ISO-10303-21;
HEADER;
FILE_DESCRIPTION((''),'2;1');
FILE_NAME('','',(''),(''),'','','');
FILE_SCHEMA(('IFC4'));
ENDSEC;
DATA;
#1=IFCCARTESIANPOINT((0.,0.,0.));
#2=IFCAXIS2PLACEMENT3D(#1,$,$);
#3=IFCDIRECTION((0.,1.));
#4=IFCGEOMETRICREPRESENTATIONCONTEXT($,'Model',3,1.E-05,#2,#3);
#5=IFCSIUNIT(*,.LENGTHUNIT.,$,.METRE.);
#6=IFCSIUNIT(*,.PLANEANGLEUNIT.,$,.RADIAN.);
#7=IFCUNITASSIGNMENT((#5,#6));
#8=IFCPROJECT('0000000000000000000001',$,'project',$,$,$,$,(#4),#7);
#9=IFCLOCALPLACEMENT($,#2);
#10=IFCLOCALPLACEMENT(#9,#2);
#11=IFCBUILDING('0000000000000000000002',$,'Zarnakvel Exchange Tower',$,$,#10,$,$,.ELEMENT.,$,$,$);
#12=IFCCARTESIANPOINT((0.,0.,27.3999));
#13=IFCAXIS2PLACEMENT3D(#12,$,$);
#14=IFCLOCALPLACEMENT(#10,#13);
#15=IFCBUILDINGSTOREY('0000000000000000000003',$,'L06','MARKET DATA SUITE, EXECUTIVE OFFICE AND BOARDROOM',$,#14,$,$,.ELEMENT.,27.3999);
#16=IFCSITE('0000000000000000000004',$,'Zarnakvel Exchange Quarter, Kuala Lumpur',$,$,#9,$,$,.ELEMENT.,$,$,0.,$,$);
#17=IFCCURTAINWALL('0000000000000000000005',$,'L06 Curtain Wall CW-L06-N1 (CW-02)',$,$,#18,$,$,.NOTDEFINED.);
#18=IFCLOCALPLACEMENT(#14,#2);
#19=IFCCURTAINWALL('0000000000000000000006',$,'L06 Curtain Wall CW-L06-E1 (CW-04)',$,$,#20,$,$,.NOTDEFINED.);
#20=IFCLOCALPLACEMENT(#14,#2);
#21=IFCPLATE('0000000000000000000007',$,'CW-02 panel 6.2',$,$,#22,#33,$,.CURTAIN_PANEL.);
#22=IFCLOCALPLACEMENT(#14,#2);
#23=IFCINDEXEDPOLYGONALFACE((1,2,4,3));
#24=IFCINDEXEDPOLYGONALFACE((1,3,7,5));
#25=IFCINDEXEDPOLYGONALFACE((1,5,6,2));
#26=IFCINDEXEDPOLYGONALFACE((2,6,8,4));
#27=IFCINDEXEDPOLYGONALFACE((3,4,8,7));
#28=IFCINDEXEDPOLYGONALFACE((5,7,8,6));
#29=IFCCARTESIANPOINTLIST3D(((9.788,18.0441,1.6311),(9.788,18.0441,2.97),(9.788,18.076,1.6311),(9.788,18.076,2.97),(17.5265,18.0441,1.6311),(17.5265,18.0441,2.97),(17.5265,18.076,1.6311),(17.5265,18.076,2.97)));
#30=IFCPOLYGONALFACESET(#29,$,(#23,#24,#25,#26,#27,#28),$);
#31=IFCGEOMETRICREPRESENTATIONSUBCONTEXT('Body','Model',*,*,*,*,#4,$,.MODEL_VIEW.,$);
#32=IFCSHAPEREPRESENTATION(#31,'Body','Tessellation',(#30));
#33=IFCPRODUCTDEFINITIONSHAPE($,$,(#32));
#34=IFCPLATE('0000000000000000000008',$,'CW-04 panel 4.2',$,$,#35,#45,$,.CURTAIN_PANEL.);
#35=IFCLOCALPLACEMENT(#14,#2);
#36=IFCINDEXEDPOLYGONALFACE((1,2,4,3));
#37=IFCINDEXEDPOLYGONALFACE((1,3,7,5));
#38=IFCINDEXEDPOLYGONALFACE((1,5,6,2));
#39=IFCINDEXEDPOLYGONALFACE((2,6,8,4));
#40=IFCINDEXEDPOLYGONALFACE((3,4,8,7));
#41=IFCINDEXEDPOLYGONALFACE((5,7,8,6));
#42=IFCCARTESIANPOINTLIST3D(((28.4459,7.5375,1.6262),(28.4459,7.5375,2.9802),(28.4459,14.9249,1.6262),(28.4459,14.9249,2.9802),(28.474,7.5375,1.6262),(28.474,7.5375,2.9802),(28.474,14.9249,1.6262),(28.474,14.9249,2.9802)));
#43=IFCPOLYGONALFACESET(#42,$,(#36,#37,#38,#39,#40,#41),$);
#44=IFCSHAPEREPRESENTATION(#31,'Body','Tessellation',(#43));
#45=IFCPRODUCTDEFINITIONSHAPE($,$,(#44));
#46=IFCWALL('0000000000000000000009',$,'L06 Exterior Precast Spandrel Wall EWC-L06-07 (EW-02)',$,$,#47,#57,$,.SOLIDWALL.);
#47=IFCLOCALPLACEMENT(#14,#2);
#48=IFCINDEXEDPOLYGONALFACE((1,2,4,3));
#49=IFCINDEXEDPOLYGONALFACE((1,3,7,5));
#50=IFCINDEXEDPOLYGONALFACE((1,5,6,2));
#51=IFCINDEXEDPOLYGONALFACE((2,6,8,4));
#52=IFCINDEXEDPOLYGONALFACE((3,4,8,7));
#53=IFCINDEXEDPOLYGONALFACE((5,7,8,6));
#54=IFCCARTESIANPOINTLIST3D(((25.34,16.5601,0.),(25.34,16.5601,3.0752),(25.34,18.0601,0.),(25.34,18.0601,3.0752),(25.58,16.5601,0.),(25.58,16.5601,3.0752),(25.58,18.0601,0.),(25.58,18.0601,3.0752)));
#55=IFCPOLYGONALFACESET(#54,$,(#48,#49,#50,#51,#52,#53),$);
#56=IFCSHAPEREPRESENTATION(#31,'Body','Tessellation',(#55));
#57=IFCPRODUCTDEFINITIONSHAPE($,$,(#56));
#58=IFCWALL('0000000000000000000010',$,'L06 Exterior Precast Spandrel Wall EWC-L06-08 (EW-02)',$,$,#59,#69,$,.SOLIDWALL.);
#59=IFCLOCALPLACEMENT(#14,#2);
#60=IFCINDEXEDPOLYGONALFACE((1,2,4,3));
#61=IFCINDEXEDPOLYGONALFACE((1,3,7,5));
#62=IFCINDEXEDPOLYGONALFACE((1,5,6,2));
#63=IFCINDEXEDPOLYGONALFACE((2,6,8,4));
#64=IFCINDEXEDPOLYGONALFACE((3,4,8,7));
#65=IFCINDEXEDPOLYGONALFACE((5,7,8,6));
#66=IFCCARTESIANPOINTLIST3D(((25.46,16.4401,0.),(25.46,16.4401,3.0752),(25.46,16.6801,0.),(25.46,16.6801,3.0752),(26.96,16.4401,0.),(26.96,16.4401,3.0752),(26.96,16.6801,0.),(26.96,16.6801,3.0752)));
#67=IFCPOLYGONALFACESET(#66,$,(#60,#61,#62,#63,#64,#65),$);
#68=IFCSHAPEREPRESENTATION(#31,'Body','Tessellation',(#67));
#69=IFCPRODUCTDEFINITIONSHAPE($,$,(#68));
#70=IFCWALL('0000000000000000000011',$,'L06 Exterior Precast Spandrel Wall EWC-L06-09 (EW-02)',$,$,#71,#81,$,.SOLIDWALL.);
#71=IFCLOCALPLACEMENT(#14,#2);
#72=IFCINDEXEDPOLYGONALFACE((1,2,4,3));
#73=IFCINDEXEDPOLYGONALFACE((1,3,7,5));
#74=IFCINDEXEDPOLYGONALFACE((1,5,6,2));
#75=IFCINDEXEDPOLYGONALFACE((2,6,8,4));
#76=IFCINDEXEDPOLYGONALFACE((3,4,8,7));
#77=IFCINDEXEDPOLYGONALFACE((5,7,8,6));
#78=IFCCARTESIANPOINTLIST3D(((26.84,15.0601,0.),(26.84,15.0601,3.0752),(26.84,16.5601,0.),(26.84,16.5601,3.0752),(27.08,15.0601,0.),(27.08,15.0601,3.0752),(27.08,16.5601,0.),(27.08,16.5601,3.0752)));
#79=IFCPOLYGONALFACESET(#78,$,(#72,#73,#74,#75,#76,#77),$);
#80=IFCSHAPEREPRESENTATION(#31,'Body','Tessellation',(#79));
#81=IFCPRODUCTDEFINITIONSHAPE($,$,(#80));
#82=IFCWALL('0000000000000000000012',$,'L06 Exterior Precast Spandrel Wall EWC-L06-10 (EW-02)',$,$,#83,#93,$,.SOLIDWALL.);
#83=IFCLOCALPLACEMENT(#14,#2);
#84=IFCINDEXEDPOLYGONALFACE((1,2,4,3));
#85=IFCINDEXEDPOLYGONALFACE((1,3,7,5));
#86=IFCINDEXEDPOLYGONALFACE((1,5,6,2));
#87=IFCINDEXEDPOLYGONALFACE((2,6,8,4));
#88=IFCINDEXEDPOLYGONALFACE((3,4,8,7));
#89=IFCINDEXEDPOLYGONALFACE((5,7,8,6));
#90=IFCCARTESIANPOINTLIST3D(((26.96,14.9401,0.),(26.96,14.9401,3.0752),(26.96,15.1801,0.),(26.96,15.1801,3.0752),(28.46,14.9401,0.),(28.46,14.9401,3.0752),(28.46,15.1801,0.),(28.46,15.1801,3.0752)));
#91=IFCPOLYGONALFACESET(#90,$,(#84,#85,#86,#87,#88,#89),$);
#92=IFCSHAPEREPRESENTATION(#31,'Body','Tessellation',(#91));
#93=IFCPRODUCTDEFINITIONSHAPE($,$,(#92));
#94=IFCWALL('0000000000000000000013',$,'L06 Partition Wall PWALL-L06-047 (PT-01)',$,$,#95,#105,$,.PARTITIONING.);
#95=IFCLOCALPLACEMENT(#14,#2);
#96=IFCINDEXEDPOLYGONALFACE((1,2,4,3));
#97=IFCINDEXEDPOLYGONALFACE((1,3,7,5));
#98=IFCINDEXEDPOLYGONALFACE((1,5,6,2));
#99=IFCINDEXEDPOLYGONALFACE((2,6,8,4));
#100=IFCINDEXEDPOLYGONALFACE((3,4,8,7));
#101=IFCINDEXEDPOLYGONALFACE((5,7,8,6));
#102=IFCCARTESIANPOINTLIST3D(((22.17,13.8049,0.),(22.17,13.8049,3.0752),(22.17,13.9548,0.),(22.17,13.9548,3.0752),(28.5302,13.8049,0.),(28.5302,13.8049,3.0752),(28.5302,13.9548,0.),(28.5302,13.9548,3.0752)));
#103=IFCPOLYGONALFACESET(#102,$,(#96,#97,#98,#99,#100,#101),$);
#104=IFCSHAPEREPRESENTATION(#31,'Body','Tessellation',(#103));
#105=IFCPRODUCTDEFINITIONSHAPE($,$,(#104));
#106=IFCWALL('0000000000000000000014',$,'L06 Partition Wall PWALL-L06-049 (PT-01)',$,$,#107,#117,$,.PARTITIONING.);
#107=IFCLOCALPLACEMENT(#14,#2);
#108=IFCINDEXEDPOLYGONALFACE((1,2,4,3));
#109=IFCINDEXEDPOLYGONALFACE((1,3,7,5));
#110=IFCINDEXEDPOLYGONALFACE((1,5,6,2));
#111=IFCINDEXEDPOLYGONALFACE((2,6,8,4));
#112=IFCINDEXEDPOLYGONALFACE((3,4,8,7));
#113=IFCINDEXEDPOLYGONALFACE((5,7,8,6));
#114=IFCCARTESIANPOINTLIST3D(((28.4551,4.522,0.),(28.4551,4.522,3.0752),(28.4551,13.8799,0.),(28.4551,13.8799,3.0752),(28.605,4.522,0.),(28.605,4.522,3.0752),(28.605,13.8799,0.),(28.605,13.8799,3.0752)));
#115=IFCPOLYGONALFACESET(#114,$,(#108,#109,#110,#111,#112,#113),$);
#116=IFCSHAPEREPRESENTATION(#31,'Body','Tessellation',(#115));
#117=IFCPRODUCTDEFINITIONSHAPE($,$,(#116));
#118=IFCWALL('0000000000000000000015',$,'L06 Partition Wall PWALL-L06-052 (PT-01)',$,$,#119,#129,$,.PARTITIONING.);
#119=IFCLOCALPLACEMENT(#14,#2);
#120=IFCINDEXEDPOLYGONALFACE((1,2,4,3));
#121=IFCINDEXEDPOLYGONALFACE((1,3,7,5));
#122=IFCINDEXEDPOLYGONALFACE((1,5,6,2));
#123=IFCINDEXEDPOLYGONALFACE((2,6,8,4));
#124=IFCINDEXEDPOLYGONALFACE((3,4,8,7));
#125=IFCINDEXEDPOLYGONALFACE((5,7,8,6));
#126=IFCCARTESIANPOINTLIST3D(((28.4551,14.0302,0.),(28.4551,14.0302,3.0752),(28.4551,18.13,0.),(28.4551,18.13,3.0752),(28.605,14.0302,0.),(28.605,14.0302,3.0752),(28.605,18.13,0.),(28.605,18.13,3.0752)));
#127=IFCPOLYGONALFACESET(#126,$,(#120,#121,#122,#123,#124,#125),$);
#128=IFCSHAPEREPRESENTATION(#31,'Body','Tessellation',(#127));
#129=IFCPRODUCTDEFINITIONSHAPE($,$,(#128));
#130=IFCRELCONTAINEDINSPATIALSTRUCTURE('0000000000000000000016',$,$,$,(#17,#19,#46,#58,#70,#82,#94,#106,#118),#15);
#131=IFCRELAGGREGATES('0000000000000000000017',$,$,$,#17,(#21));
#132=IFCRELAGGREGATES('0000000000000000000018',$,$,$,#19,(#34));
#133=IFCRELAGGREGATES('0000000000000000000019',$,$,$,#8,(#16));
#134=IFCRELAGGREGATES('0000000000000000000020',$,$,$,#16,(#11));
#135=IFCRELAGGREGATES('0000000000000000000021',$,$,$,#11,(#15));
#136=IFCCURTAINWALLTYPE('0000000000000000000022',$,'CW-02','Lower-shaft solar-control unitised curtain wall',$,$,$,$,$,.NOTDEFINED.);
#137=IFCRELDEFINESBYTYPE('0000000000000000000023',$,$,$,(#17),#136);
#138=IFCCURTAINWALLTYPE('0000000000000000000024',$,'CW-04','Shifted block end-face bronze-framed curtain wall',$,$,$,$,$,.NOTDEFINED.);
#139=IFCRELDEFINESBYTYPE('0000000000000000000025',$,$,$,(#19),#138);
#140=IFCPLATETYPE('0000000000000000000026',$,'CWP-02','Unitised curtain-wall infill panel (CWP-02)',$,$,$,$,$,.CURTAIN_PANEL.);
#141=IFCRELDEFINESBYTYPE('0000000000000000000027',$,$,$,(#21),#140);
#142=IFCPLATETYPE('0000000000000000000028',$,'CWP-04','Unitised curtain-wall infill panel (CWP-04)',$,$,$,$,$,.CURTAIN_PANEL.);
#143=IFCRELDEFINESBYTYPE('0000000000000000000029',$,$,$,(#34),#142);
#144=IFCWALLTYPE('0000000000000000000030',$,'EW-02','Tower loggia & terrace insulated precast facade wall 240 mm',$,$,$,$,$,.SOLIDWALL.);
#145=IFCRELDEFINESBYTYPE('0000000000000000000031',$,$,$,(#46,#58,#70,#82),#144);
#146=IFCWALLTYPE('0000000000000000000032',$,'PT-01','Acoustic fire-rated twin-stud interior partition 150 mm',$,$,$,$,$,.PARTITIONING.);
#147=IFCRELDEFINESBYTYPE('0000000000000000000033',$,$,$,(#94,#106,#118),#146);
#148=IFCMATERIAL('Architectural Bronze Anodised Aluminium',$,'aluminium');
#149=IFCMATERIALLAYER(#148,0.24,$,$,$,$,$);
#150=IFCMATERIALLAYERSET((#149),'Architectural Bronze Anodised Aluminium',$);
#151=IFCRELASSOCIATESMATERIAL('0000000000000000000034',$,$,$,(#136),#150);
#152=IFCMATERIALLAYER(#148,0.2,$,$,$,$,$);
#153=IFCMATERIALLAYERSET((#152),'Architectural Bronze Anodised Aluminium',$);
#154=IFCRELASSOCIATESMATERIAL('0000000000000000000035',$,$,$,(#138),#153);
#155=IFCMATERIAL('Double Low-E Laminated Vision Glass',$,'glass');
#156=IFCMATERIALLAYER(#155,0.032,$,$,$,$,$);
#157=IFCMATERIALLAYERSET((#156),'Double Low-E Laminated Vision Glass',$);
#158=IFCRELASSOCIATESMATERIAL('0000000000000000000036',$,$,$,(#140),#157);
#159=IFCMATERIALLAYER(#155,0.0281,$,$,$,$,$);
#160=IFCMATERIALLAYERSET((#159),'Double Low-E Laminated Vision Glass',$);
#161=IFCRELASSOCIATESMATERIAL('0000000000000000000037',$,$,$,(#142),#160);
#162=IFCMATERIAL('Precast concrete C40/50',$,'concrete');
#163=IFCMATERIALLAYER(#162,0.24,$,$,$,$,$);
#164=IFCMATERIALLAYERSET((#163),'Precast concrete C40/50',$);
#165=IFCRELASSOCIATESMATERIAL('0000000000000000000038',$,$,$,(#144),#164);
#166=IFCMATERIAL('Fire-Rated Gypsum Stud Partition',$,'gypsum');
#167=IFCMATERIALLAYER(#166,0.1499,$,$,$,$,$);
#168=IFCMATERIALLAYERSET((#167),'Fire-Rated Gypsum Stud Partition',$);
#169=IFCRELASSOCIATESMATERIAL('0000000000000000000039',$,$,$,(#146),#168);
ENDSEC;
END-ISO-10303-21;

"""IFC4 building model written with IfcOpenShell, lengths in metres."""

from ifc_helpers import new_model, si_unit, direction, frame, frame_2d, origin, origin_2d, place, context, subcontext, project, spatial, rectangle, extrude, source, transform, mapped, material, layer, layer_set, type_object, element, aggregate, save


model = new_model("IFC4")

# Units and contexts
model_context = context("Model", 3, precision=1e-05, world=origin(), true_north=direction((0.0, 1.0)))
body_context = subcontext(model_context, "Body", "Model", "MODEL_VIEW")
ifc_project = project(units=[si_unit("LENGTHUNIT", "METRE"), si_unit("PLANEANGLEUNIT", "RADIAN")], contexts=[model_context])

# Site, building, storey
site_placement = place(None, origin())
site = spatial("IfcSite", under=ifc_project, at=site_placement, Name="Zarnakvel Exchange Quarter, Kuala Lumpur", CompositionType="ELEMENT", RefElevation=0.0)
building_placement = place(site_placement, origin())
building = spatial("IfcBuilding", under=site, at=building_placement, Name="Zarnakvel Exchange Tower", CompositionType="ELEMENT")
storey_placement = place(building_placement, frame((0.0, 0.0, 27.3999)))
storey = spatial("IfcBuildingStorey", under=building, at=storey_placement, Name="L06", Description="MARKET DATA SUITE, EXECUTIVE OFFICE AND BOARDROOM", CompositionType="ELEMENT", Elevation=27.3999)

# Curtain wall
ifc_material_1 = material(Name="Architectural Bronze Anodised Aluminium", Category="aluminium")
ifc_layer_1 = layer(ifc_material_1, 0.24)
ifc_layer_set_1 = layer_set([ifc_layer_1], Name="Architectural Bronze Anodised Aluminium")
curtain_wall_type_1 = type_object("IfcCurtainWallType", Name="CW-02", Description="Lower-shaft solar-control unitised curtain wall", PredefinedType="NOTDEFINED", material=ifc_layer_set_1)
curtain_wall_1_placement = place(storey_placement, origin())
curtain_wall_1 = element("IfcCurtainWall", 1, at=curtain_wall_1_placement, inside=storey, type_object=curtain_wall_type_1, Name="L06 Curtain Wall CW-L06-N1 (CW-02)", PredefinedType="NOTDEFINED")

# Curtain wall
ifc_layer_2 = layer(ifc_material_1, 0.2)
ifc_layer_set_2 = layer_set([ifc_layer_2], Name="Architectural Bronze Anodised Aluminium")
curtain_wall_type_2 = type_object("IfcCurtainWallType", Name="CW-04", Description="Shifted block end-face bronze-framed curtain wall", PredefinedType="NOTDEFINED", material=ifc_layer_set_2)
curtain_wall_2_placement = place(storey_placement, origin())
curtain_wall_2 = element("IfcCurtainWall", 2, at=curtain_wall_2_placement, inside=storey, type_object=curtain_wall_type_2, Name="L06 Curtain Wall CW-L06-E1 (CW-04)", PredefinedType="NOTDEFINED")

# Plates
ifc_material_2 = material(Name="Double Low-E Laminated Vision Glass", Category="glass")
ifc_layer_3 = layer(ifc_material_2, 0.032)
ifc_layer_set_3 = layer_set([ifc_layer_3], Name="Double Low-E Laminated Vision Glass")
plate_type_1 = type_object("IfcPlateType", Name="CWP-02", Description="Unitised curtain-wall infill panel (CWP-02)", PredefinedType="CURTAIN_PANEL", material=ifc_layer_set_3)
shared_shape_1 = source(origin(), body_context, "Body", "SweptSolid", [
    extrude(rectangle(XDim=7.7385, YDim=0.032, at=origin_2d()), origin(), (0.0, 0.0, 1.0), 1.3389),
])
plate_1_placement = place(storey_placement, frame((13.6572, 18.0601, 1.6311), z_axis=(0.0, 0.0, 1.0), x_axis=(1.0, 0.0, 0.0)))
plate_1 = element("IfcPlate", 3, at=plate_1_placement, type_object=plate_type_1, Name="CW-02 panel 6.2", PredefinedType="CURTAIN_PANEL", context=body_context, shape_type="MappedRepresentation", body=[
    mapped(shared_shape_1, transform((0.0, 0.0, 0.0), x_axis=(1.0, 0.0, 0.0), y_axis=(0.0, 1.0, 0.0), z_axis=(0.0, 0.0, 1.0), scale=1.0)),
])
aggregate(curtain_wall_1, [plate_1])
ifc_layer_4 = layer(ifc_material_2, 0.0281)
ifc_layer_set_4 = layer_set([ifc_layer_4], Name="Double Low-E Laminated Vision Glass")
plate_type_2 = type_object("IfcPlateType", Name="CWP-04", Description="Unitised curtain-wall infill panel (CWP-04)", PredefinedType="CURTAIN_PANEL", material=ifc_layer_set_4)
shared_shape_2 = source(origin(), body_context, "Body", "SweptSolid", [
    extrude(rectangle(XDim=7.3875, YDim=0.0281, at=origin_2d()), origin(), (0.0, 0.0, 1.0), 1.354),
])
plate_2_placement = place(storey_placement, frame((28.46, 11.2312, 1.6262), z_axis=(0.0, 0.0, 1.0), x_axis=(0.0, 1.0, 0.0)))
plate_2 = element("IfcPlate", 4, at=plate_2_placement, type_object=plate_type_2, Name="CW-04 panel 4.2", PredefinedType="CURTAIN_PANEL", context=body_context, shape_type="MappedRepresentation", body=[
    mapped(shared_shape_2, transform((0.0, 0.0, 0.0), x_axis=(1.0, 0.0, 0.0), y_axis=(0.0, 1.0, 0.0), z_axis=(0.0, 0.0, 1.0), scale=1.0)),
])
aggregate(curtain_wall_2, [plate_2])

# Walls
ifc_material_3 = material(Name="Precast concrete C40/50", Category="concrete")
ifc_layer_5 = layer(ifc_material_3, 0.24)
ifc_layer_set_5 = layer_set([ifc_layer_5], Name="Precast concrete C40/50")
wall_type_1 = type_object("IfcWallType", Name="EW-02", Description="Tower loggia & terrace insulated precast facade wall 240 mm", PredefinedType="SOLIDWALL", material=ifc_layer_set_5)
for number, where, z_axis, x_axis, name in (
    (5, (25.46, 16.5601, 0.0), (0.0, 0.0, 1.0), (0.0, 1.0, 0.0), "L06 Exterior Precast Spandrel Wall EWC-L06-07 (EW-02)"),
    (6, (26.96, 16.5601, 0.0), (0.0, 0.0, 1.0), (-1.0, 0.0, 0.0), "L06 Exterior Precast Spandrel Wall EWC-L06-08 (EW-02)"),
    (7, (26.96, 15.0601, 0.0), (0.0, 0.0, 1.0), (0.0, 1.0, 0.0), "L06 Exterior Precast Spandrel Wall EWC-L06-09 (EW-02)"),
    (8, (28.46, 15.0601, 0.0), (0.0, 0.0, 1.0), (-1.0, 0.0, 0.0), "L06 Exterior Precast Spandrel Wall EWC-L06-10 (EW-02)"),
):
    element("IfcWall", number, at=place(storey_placement, frame(where, z_axis=z_axis, x_axis=x_axis)), inside=storey, type_object=wall_type_1, Name=name, PredefinedType="SOLIDWALL", context=body_context, shape_type="SweptSolid", body=[
        extrude(rectangle(XDim=1.5, YDim=0.24, at=frame_2d((0.75, 0.0))), origin(), (0.0, 0.0, 1.0), 3.0752),
    ])
ifc_material_4 = material(Name="Fire-Rated Gypsum Stud Partition", Category="gypsum")
ifc_layer_6 = layer(ifc_material_4, 0.1499)
ifc_layer_set_6 = layer_set([ifc_layer_6], Name="Fire-Rated Gypsum Stud Partition")
wall_type_2 = type_object("IfcWallType", Name="PT-01", Description="Acoustic fire-rated twin-stud interior partition 150 mm", PredefinedType="PARTITIONING", material=ifc_layer_set_6)
wall_1_placement = place(storey_placement, frame((22.1699, 13.8799, 0.0), z_axis=(0.0, 0.0, 1.0), x_axis=(1.0, 0.0, 0.0)))
element("IfcWall", 9, at=wall_1_placement, inside=storey, type_object=wall_type_2, Name="L06 Partition Wall PWALL-L06-047 (PT-01)", PredefinedType="PARTITIONING", context=body_context, shape_type="SweptSolid", body=[
    extrude(rectangle(XDim=6.3601, YDim=0.1499, at=frame_2d((3.1802, 0.0))), origin(), (0.0, 0.0, 1.0), 3.0752),
])
wall_2_placement = place(storey_placement, frame((28.53, 13.8799, 0.0), z_axis=(0.0, 0.0, 1.0), x_axis=(0.0, -1.0, 0.0)))
element("IfcWall", 10, at=wall_2_placement, inside=storey, type_object=wall_type_2, Name="L06 Partition Wall PWALL-L06-049 (PT-01)", PredefinedType="PARTITIONING", context=body_context, shape_type="SweptSolid", body=[
    extrude(rectangle(XDim=9.3579, YDim=0.1499, at=frame_2d((4.679, 0.0))), origin(), (0.0, 0.0, 1.0), 3.0752),
])
wall_3_placement = place(storey_placement, frame((28.53, 18.1299, 0.0), z_axis=(0.0, 0.0, 1.0), x_axis=(0.0, -1.0, 0.0)))
element("IfcWall", 11, at=wall_3_placement, inside=storey, type_object=wall_type_2, Name="L06 Partition Wall PWALL-L06-052 (PT-01)", PredefinedType="PARTITIONING", context=body_context, shape_type="SweptSolid", body=[
    extrude(rectangle(XDim=4.0999, YDim=0.1499, at=frame_2d((2.0498, 0.0))), origin(), (0.0, 0.0, 1.0), 3.0752),
])

save(model, "model.ifc")
